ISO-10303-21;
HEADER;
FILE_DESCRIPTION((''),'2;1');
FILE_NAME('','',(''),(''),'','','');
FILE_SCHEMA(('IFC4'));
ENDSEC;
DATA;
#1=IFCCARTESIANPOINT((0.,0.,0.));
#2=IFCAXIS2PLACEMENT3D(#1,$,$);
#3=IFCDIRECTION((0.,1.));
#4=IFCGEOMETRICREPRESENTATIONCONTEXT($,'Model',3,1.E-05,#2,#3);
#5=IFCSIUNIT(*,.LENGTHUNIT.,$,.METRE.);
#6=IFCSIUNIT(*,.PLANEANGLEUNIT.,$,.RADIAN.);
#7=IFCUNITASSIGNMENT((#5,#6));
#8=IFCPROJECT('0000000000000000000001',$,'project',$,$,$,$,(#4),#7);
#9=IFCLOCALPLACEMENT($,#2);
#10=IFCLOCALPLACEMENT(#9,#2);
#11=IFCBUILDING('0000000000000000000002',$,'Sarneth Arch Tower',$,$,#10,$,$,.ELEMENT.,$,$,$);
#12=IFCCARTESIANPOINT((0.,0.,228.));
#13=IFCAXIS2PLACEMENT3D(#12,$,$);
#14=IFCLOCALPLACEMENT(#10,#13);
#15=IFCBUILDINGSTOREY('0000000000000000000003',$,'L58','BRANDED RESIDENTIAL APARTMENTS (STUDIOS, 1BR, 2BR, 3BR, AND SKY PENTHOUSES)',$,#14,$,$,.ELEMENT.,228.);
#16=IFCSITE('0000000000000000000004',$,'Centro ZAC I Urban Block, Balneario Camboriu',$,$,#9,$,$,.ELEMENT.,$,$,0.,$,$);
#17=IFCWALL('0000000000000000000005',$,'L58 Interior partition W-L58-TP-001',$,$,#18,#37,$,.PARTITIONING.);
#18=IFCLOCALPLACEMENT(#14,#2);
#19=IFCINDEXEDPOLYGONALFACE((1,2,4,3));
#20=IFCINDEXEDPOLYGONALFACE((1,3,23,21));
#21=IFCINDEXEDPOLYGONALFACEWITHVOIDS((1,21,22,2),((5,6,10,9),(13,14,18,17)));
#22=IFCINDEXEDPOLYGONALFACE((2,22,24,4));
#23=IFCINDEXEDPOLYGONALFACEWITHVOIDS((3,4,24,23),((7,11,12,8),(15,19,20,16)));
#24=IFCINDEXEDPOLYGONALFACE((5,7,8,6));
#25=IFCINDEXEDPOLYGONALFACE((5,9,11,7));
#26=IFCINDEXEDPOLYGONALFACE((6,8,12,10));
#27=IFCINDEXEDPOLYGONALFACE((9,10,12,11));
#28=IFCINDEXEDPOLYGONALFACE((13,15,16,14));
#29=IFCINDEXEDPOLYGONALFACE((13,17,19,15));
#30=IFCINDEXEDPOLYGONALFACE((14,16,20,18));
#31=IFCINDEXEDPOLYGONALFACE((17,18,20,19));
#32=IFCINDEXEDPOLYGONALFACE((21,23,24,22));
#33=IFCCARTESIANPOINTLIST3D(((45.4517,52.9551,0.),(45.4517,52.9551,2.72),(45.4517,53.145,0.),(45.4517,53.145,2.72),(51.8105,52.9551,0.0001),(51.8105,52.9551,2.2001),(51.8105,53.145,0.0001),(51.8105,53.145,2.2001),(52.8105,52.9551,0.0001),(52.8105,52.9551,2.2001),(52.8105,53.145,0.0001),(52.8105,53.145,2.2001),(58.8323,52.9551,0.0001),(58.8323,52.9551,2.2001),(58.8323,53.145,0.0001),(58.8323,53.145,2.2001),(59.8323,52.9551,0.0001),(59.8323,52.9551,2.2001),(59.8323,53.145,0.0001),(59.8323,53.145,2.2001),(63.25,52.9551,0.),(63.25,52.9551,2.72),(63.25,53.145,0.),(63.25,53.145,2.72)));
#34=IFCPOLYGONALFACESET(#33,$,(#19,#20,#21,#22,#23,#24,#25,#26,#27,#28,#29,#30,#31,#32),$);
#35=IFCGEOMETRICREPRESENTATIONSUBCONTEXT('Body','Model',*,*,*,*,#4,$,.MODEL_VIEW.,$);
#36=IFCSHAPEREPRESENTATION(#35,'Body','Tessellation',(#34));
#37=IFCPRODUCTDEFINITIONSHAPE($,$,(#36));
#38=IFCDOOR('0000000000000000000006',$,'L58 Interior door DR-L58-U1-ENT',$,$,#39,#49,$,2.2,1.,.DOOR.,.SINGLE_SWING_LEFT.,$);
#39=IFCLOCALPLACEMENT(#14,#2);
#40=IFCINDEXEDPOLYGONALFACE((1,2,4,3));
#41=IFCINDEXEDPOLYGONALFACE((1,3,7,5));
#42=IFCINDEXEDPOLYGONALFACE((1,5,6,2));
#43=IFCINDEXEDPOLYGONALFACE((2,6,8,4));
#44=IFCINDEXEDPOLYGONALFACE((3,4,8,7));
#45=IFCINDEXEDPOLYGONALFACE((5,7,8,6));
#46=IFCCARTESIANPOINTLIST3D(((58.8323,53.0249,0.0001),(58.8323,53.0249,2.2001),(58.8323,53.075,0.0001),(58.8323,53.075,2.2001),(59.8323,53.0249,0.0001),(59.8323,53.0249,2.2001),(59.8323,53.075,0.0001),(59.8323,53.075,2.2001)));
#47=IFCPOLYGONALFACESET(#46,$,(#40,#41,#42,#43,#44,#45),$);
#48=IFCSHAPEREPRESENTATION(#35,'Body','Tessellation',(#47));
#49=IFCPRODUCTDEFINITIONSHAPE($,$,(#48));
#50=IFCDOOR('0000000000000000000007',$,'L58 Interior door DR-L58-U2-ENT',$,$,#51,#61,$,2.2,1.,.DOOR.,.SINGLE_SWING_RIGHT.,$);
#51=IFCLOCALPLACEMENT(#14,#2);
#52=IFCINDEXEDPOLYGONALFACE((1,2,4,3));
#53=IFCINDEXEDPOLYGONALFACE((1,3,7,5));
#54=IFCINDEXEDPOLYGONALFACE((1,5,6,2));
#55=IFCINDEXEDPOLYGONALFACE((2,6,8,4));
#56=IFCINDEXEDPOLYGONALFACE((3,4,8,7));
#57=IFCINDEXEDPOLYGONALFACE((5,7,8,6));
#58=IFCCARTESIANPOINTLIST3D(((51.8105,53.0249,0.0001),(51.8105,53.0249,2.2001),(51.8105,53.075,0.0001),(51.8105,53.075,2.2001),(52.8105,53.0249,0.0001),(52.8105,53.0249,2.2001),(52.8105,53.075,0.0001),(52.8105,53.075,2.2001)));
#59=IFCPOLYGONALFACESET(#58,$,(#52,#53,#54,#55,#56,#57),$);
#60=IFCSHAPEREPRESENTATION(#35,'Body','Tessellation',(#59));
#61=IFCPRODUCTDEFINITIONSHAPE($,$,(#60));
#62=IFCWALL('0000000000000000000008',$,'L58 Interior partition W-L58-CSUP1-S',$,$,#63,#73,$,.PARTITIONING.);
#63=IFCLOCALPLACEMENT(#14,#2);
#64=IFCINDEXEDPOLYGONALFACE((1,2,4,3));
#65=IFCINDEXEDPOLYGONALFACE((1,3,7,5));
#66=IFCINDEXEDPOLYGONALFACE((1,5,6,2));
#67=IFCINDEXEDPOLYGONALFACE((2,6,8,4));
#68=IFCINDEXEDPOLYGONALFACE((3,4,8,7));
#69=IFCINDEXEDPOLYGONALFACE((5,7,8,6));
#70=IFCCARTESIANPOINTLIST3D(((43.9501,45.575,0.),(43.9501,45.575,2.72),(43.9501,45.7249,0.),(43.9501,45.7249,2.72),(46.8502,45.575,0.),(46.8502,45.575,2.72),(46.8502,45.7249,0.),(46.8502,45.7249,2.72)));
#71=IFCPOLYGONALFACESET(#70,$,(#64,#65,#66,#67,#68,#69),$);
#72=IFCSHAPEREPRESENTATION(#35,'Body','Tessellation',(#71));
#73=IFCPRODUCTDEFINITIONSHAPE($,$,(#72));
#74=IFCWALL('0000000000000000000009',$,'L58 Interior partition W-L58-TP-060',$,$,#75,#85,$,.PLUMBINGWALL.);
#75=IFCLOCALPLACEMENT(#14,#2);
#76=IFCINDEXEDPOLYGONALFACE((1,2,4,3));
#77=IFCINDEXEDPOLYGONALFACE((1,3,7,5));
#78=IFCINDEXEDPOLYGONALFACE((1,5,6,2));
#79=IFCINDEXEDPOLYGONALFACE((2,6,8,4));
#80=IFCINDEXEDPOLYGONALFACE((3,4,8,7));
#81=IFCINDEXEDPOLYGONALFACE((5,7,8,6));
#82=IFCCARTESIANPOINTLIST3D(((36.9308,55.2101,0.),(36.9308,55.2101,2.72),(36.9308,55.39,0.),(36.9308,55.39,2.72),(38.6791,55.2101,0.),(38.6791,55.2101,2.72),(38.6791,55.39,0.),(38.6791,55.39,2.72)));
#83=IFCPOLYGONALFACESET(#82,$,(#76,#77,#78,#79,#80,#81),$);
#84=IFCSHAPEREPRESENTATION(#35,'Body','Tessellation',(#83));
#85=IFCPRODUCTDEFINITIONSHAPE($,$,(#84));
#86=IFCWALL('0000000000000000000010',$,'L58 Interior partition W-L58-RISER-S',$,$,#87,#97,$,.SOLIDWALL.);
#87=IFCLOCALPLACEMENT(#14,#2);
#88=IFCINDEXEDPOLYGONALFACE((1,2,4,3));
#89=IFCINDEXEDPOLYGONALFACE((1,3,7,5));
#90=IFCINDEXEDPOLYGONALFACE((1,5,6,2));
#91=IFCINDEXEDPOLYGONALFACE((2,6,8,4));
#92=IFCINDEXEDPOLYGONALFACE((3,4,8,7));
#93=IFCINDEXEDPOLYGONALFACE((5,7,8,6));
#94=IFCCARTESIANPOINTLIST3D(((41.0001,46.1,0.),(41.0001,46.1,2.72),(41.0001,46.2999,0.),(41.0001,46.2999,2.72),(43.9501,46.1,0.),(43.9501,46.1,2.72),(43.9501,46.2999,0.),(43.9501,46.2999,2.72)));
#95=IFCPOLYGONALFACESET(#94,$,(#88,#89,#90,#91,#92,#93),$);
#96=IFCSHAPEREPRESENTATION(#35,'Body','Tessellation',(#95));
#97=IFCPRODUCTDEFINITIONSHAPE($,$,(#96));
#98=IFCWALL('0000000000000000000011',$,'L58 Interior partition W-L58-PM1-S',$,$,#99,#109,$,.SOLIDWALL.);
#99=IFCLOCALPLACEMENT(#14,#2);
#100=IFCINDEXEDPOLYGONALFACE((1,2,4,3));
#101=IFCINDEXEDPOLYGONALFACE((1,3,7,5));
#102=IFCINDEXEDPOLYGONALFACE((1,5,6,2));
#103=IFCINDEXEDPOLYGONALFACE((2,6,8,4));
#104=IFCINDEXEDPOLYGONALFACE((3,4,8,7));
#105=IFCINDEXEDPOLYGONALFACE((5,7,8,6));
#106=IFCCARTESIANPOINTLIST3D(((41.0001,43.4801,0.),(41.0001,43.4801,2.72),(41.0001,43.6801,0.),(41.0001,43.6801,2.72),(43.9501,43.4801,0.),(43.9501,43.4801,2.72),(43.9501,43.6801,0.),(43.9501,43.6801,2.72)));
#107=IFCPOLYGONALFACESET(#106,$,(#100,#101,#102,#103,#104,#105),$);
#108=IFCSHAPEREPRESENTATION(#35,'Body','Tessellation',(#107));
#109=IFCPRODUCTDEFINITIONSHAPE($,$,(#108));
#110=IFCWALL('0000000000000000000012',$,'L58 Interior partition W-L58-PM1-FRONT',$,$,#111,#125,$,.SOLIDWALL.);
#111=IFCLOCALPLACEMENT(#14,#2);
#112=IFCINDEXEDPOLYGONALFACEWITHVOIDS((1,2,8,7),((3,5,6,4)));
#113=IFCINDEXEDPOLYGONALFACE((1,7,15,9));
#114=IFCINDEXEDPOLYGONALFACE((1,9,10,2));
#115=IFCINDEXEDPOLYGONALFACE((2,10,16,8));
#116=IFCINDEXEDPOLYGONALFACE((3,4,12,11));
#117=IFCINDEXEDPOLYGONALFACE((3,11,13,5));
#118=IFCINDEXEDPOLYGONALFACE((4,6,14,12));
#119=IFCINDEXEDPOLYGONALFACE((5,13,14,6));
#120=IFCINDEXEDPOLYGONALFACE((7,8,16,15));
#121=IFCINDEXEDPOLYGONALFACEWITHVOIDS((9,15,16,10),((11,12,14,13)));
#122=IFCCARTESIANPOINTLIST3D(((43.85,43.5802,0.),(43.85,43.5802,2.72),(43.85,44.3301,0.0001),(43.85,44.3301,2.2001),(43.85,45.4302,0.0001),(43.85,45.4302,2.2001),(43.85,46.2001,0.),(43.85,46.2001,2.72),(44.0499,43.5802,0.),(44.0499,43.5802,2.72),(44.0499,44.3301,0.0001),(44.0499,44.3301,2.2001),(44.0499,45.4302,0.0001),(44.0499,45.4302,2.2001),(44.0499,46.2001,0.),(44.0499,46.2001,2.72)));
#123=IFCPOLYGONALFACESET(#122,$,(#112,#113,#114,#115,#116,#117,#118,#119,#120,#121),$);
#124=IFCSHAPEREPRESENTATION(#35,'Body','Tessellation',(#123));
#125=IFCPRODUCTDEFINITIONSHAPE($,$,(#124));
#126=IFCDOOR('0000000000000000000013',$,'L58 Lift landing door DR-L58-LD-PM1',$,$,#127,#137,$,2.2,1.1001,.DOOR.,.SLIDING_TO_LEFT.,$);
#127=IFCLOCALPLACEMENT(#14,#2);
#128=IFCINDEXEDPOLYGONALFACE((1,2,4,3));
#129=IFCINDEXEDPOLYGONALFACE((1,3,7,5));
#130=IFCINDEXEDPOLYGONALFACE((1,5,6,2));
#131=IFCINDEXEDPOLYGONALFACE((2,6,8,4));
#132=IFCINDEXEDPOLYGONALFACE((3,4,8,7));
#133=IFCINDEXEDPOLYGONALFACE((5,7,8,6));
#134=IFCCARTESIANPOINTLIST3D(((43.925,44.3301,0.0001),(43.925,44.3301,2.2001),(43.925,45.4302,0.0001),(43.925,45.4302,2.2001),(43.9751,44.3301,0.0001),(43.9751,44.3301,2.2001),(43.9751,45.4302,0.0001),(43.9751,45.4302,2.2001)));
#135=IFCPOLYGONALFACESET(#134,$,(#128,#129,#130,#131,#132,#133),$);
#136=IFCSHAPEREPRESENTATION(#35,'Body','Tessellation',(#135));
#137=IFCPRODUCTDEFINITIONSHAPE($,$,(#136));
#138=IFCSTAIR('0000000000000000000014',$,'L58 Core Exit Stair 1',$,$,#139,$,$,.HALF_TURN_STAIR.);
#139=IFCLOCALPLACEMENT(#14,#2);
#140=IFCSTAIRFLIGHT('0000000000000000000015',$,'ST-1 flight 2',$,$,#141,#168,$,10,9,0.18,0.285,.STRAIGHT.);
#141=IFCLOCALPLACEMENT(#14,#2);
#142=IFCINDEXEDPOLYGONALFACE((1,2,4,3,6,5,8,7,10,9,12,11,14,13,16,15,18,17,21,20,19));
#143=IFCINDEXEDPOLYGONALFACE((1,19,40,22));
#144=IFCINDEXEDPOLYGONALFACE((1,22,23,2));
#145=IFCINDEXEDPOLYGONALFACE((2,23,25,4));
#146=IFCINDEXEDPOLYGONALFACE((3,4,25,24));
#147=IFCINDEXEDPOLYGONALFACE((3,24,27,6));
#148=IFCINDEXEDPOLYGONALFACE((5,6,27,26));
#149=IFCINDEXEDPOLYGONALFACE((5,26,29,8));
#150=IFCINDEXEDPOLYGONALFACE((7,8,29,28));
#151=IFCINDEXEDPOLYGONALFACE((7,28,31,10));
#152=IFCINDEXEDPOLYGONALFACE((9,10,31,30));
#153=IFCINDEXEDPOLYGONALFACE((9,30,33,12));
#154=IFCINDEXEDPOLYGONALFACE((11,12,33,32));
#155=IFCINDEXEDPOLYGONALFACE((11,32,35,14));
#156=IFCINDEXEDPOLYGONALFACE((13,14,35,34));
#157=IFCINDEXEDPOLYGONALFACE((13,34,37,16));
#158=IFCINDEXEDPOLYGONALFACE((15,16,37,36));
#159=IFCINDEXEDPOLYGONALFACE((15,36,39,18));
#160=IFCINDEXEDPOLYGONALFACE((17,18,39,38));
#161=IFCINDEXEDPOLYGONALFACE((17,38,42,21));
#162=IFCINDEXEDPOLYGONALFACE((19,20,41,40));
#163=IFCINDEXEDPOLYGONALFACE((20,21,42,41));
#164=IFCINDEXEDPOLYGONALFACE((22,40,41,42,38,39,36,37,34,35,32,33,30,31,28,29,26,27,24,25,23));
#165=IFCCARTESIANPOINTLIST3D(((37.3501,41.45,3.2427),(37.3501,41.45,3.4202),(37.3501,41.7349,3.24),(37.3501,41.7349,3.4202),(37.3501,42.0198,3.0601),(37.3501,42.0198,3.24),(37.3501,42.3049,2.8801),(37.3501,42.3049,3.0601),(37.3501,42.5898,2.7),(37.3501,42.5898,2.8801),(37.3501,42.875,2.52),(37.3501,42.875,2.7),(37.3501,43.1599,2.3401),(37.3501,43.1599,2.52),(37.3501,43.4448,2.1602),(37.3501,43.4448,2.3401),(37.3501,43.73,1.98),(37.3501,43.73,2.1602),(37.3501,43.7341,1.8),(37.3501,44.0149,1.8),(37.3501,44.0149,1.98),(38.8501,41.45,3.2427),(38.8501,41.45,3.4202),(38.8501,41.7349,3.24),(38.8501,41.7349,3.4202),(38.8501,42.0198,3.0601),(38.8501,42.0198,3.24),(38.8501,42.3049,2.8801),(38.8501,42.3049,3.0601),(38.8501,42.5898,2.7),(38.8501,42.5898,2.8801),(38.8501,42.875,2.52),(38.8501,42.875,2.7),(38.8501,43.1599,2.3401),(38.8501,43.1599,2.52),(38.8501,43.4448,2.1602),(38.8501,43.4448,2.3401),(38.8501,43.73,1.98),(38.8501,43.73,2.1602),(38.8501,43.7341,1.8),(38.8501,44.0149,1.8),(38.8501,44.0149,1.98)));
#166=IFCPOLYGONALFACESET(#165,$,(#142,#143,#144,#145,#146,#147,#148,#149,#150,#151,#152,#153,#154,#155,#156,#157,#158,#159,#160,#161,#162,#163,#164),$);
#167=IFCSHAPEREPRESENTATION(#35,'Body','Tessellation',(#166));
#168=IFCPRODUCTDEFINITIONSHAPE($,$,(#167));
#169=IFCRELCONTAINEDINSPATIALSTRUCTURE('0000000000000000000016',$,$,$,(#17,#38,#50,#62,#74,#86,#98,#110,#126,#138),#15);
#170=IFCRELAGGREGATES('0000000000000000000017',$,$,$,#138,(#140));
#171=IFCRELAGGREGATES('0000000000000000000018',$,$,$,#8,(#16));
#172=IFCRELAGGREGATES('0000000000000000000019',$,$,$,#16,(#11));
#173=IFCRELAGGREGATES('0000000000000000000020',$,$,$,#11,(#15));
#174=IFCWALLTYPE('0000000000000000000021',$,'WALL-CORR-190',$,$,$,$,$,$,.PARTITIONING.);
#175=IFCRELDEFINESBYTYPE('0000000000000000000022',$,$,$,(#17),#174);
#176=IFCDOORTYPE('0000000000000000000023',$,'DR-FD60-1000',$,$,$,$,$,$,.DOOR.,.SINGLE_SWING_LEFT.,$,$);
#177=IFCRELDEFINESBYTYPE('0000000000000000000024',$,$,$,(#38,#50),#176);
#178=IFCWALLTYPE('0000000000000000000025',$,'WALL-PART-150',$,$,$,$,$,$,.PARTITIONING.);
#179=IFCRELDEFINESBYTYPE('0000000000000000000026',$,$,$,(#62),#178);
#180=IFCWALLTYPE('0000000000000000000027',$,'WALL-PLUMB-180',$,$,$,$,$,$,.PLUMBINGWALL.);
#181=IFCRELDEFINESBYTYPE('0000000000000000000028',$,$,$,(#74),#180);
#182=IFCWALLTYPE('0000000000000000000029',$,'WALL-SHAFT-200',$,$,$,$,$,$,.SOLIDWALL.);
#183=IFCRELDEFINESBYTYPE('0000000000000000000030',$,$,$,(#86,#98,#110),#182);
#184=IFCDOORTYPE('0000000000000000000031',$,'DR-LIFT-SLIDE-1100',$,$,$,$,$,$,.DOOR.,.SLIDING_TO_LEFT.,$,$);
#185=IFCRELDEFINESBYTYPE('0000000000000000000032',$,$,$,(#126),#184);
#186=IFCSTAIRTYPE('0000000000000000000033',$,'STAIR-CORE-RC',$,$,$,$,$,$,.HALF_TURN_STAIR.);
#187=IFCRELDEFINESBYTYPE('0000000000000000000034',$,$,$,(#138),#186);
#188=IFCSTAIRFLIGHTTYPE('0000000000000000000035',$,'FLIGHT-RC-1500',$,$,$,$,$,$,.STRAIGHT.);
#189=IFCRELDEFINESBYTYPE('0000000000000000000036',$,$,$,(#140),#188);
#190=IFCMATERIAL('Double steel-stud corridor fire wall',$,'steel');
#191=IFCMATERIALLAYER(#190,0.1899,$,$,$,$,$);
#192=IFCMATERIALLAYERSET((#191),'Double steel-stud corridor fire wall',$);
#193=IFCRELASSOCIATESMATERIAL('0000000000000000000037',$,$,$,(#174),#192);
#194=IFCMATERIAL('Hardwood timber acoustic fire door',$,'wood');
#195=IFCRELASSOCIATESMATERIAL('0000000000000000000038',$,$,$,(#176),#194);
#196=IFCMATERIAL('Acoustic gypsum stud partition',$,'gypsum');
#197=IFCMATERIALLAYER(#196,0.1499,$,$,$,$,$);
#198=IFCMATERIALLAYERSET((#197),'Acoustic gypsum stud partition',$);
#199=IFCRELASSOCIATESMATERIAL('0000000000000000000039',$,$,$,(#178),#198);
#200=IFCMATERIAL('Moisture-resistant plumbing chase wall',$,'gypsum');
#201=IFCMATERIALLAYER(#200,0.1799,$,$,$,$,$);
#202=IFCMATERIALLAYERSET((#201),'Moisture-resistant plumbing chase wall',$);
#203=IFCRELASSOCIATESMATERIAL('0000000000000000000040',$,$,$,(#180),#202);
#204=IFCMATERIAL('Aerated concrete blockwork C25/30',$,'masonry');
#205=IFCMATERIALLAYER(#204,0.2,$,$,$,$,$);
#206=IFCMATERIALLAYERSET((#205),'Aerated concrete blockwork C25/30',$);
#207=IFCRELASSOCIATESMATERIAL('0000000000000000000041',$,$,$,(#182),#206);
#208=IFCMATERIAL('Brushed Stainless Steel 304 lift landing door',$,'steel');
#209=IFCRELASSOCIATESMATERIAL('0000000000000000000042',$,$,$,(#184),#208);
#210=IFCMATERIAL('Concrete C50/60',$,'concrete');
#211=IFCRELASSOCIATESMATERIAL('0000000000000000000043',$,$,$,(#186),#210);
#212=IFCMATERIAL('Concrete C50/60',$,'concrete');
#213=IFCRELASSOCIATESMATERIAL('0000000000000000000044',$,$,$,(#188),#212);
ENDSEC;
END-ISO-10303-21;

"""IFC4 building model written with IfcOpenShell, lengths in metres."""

from ifc_helpers import new_model, si_unit, direction, frame, frame_2d, origin, place, context, subcontext, project, spatial, polyline, rectangle, outline, extrude, material, layer, layer_set, type_object, element, fill, aggregate, save


model = new_model("IFC4")

# Units and contexts
model_context = context("Model", 3, precision=1e-05, world=origin(), true_north=direction((0.0, 1.0)))
body_context = subcontext(model_context, "Body", "Model", "MODEL_VIEW")
ifc_project = project(units=[si_unit("LENGTHUNIT", "METRE"), si_unit("PLANEANGLEUNIT", "RADIAN")], contexts=[model_context])

# Site, building, storey
site_placement = place(None, origin())
site = spatial("IfcSite", under=ifc_project, at=site_placement, Name="Centro ZAC I Urban Block, Balneario Camboriu", CompositionType="ELEMENT", RefElevation=0.0)
building_placement = place(site_placement, origin())
building = spatial("IfcBuilding", under=site, at=building_placement, Name="Sarneth Arch Tower", CompositionType="ELEMENT")
storey_placement = place(building_placement, frame((0.0, 0.0, 228.0)))
storey = spatial("IfcBuildingStorey", under=building, at=storey_placement, Name="L58", Description="BRANDED RESIDENTIAL APARTMENTS (STUDIOS, 1BR, 2BR, 3BR, AND SKY PENTHOUSES)", CompositionType="ELEMENT", Elevation=228.0)

# Wall, openings, doors
ifc_material_1 = material(Name="Double steel-stud corridor fire wall", Category="steel")
ifc_layer_1 = layer(ifc_material_1, 0.1899)
ifc_layer_set_1 = layer_set([ifc_layer_1], Name="Double steel-stud corridor fire wall")
wall_type_1 = type_object("IfcWallType", Name="WALL-CORR-190", PredefinedType="PARTITIONING", material=ifc_layer_set_1)
wall_1_placement = place(storey_placement, frame((45.4517, 53.05, 0.0), z_axis=(0.0, 0.0, 1.0), x_axis=(1.0, 0.0, 0.0)))
wall_1 = element("IfcWall", 1, at=wall_1_placement, inside=storey, type_object=wall_type_1, Name="L58 Interior partition W-L58-TP-001", PredefinedType="PARTITIONING", context=body_context, shape_type="SweptSolid", body=[
    extrude(rectangle(XDim=17.7983, YDim=0.1899, at=frame_2d((8.8992, 0.0))), origin(), (0.0, 0.0, 1.0), 2.72),
])
opening_1_placement = place(wall_1_placement, frame((13.3806, 0.0, 0.0)))
opening_1 = element("IfcOpeningElement", 2, at=opening_1_placement, cuts=wall_1, PredefinedType="OPENING", context=body_context, shape_type="SweptSolid", body=[
    extrude(rectangle(XDim=1.0, YDim=2.2, at=frame_2d((0.5, 1.1001))), frame((0.0, 0.105, 0.0), z_axis=(0.0, -1.0, 0.0), x_axis=(1.0, 0.0, 0.0)), (0.0, 0.0, 1.0), 0.21),
])
opening_2_placement = place(wall_1_placement, frame((6.3589, 0.0, 0.0)))
opening_2 = element("IfcOpeningElement", 3, at=opening_2_placement, cuts=wall_1, PredefinedType="OPENING", context=body_context, shape_type="SweptSolid", body=[
    extrude(rectangle(XDim=1.0, YDim=2.2, at=frame_2d((0.5, 1.1001))), frame((0.0, 0.105, 0.0), z_axis=(0.0, -1.0, 0.0), x_axis=(1.0, 0.0, 0.0)), (0.0, 0.0, 1.0), 0.21),
])
ifc_material_2 = material(Name="Hardwood timber acoustic fire door", Category="wood")
door_type_1 = type_object("IfcDoorType", Name="DR-FD60-1000", OperationType="SINGLE_SWING_LEFT", PredefinedType="DOOR", material=ifc_material_2)
door_1_placement = place(opening_1_placement, origin())
door_1 = element("IfcDoor", 4, at=door_1_placement, inside=storey, type_object=door_type_1, Name="L58 Interior door DR-L58-U1-ENT", OperationType="SINGLE_SWING_LEFT", OverallHeight=2.2, OverallWidth=1.0, PredefinedType="DOOR", context=body_context, shape_type="SweptSolid", body=[
    extrude(rectangle(XDim=1.0, YDim=2.2, at=frame_2d((0.5, 1.1001))), frame((0.0, 0.0249, 0.0), z_axis=(0.0, -1.0, 0.0), x_axis=(1.0, 0.0, 0.0)), (0.0, 0.0, 1.0), 0.05),
])
fill(opening_1, door_1)
door_2_placement = place(opening_2_placement, origin())
door_2 = element("IfcDoor", 5, at=door_2_placement, inside=storey, type_object=door_type_1, Name="L58 Interior door DR-L58-U2-ENT", OperationType="SINGLE_SWING_RIGHT", OverallHeight=2.2, OverallWidth=1.0, PredefinedType="DOOR", context=body_context, shape_type="SweptSolid", body=[
    extrude(rectangle(XDim=1.0, YDim=2.2, at=frame_2d((0.5, 1.1001))), frame((0.0, 0.0249, 0.0), z_axis=(0.0, -1.0, 0.0), x_axis=(1.0, 0.0, 0.0)), (0.0, 0.0, 1.0), 0.05),
])
fill(opening_2, door_2)

# Wall
ifc_material_3 = material(Name="Acoustic gypsum stud partition", Category="gypsum")
ifc_layer_2 = layer(ifc_material_3, 0.1499)
ifc_layer_set_2 = layer_set([ifc_layer_2], Name="Acoustic gypsum stud partition")
wall_type_2 = type_object("IfcWallType", Name="WALL-PART-150", PredefinedType="PARTITIONING", material=ifc_layer_set_2)
wall_2_placement = place(storey_placement, frame((43.95, 45.6499, 0.0), z_axis=(0.0, 0.0, 1.0), x_axis=(1.0, 0.0, 0.0)))
element("IfcWall", 6, at=wall_2_placement, inside=storey, type_object=wall_type_2, Name="L58 Interior partition W-L58-CSUP1-S", PredefinedType="PARTITIONING", context=body_context, shape_type="SweptSolid", body=[
    extrude(rectangle(XDim=2.9001, YDim=0.1499, at=frame_2d((1.4502, 0.0))), origin(), (0.0, 0.0, 1.0), 2.72),
])

# Walls
ifc_material_4 = material(Name="Moisture-resistant plumbing chase wall", Category="gypsum")
ifc_layer_3 = layer(ifc_material_4, 0.1799)
ifc_layer_set_3 = layer_set([ifc_layer_3], Name="Moisture-resistant plumbing chase wall")
wall_type_3 = type_object("IfcWallType", Name="WALL-PLUMB-180", PredefinedType="PLUMBINGWALL", material=ifc_layer_set_3)
wall_3_placement = place(storey_placement, frame((36.9309, 55.3, 0.0), z_axis=(0.0, 0.0, 1.0), x_axis=(1.0, 0.0, 0.0)))
element("IfcWall", 7, at=wall_3_placement, inside=storey, type_object=wall_type_3, Name="L58 Interior partition W-L58-TP-060", PredefinedType="PLUMBINGWALL", context=body_context, shape_type="SweptSolid", body=[
    extrude(rectangle(XDim=1.7483, YDim=0.1799, at=frame_2d((0.874, 0.0))), origin(), (0.0, 0.0, 1.0), 2.72),
])
ifc_material_5 = material(Name="Aerated concrete blockwork C25/30", Category="masonry")
ifc_layer_4 = layer(ifc_material_5, 0.2)
ifc_layer_set_4 = layer_set([ifc_layer_4], Name="Aerated concrete blockwork C25/30")
wall_type_4 = type_object("IfcWallType", Name="WALL-SHAFT-200", PredefinedType="SOLIDWALL", material=ifc_layer_set_4)
wall_4_placement = place(storey_placement, frame((41.0, 46.2, 0.0), z_axis=(0.0, 0.0, 1.0), x_axis=(1.0, 0.0, 0.0)))
element("IfcWall", 8, at=wall_4_placement, inside=storey, type_object=wall_type_4, Name="L58 Interior partition W-L58-RISER-S", PredefinedType="SOLIDWALL", context=body_context, shape_type="SweptSolid", body=[
    extrude(rectangle(XDim=2.95, YDim=0.2, at=frame_2d((1.4751, 0.0))), origin(), (0.0, 0.0, 1.0), 2.72),
])

# Wall
wall_5_placement = place(storey_placement, frame((41.0, 43.5801, 0.0), z_axis=(0.0, 0.0, 1.0), x_axis=(1.0, 0.0, 0.0)))
element("IfcWall", 9, at=wall_5_placement, inside=storey, type_object=wall_type_4, Name="L58 Interior partition W-L58-PM1-S", PredefinedType="SOLIDWALL", context=body_context, shape_type="SweptSolid", body=[
    extrude(rectangle(XDim=2.95, YDim=0.2, at=frame_2d((1.4751, 0.0))), origin(), (0.0, 0.0, 1.0), 2.72),
])

# Wall, opening, door
wall_6_placement = place(storey_placement, frame((43.95, 43.5801, 0.0), z_axis=(0.0, 0.0, 1.0), x_axis=(0.0, 1.0, 0.0)))
wall_6 = element("IfcWall", 10, at=wall_6_placement, inside=storey, type_object=wall_type_4, Name="L58 Interior partition W-L58-PM1-FRONT", PredefinedType="SOLIDWALL", context=body_context, shape_type="SweptSolid", body=[
    extrude(rectangle(XDim=2.6199, YDim=0.2, at=frame_2d((1.3101, 0.0))), origin(), (0.0, 0.0, 1.0), 2.72),
])
opening_3_placement = place(wall_6_placement, frame((0.75, 0.0, 0.0)))
opening_3 = element("IfcOpeningElement", 11, at=opening_3_placement, cuts=wall_6, PredefinedType="OPENING", context=body_context, shape_type="SweptSolid", body=[
    extrude(rectangle(XDim=1.1001, YDim=2.2, at=frame_2d((0.55, 1.1001))), frame((0.0, 0.1099, 0.0), z_axis=(0.0, -1.0, 0.0), x_axis=(1.0, 0.0, 0.0)), (0.0, 0.0, 1.0), 0.22),
])
ifc_material_6 = material(Name="Brushed Stainless Steel 304 lift landing door", Category="steel")
door_type_2 = type_object("IfcDoorType", Name="DR-LIFT-SLIDE-1100", OperationType="SLIDING_TO_LEFT", PredefinedType="DOOR", material=ifc_material_6)
door_3_placement = place(opening_3_placement, origin())
door_3 = element("IfcDoor", 12, at=door_3_placement, inside=storey, type_object=door_type_2, Name="L58 Lift landing door DR-L58-LD-PM1", OperationType="SLIDING_TO_LEFT", OverallHeight=2.2, OverallWidth=1.1001, PredefinedType="DOOR", context=body_context, shape_type="SweptSolid", body=[
    extrude(rectangle(XDim=1.1001, YDim=2.2, at=frame_2d((0.55, 1.1001))), frame((0.0, 0.0249, 0.0), z_axis=(0.0, -1.0, 0.0), x_axis=(1.0, 0.0, 0.0)), (0.0, 0.0, 1.0), 0.05),
])
fill(opening_3, door_3)

# Stair, stair flight
ifc_material_7 = material(Name="Concrete C50/60", Category="concrete")
stair_type = type_object("IfcStairType", Name="STAIR-CORE-RC", PredefinedType="HALF_TURN_STAIR", material=ifc_material_7)
stair_placement = place(storey_placement, origin())
stair = element("IfcStair", 13, at=stair_placement, inside=storey, type_object=stair_type, Name="L58 Core Exit Stair 1", PredefinedType="HALF_TURN_STAIR")
ifc_material_8 = material(Name="Concrete C50/60", Category="concrete")
stair_flight_type = type_object("IfcStairFlightType", Name="FLIGHT-RC-1500", PredefinedType="STRAIGHT", material=ifc_material_8)
stair_flight_placement = place(storey_placement, frame((38.1001, 44.0149, 1.8), z_axis=(0.0, 0.0, 1.0), x_axis=(0.0, -1.0, 0.0)))
stair_flight = element("IfcStairFlight", 14, at=stair_flight_placement, type_object=stair_flight_type, Name="ST-1 flight 2", NumberOfRisers=10, NumberOfTreads=9, PredefinedType="STRAIGHT", RiserHeight=0.18, TreadLength=0.285, context=body_context, shape_type="SweptSolid", body=[
    extrude(outline(polyline([(0.0, 0.0), (0.0, 0.1799), (0.2849, 0.1799), (0.2849, 0.3601), (0.5701, 0.3601), (0.5701, 0.54), (0.855, 0.54), (0.855, 0.72), (1.1399, 0.72), (1.1399, 0.8999), (1.425, 0.8999), (1.425, 1.0801), (1.71, 1.0801), (1.71, 1.26), (1.9951, 1.26), (1.9951, 1.4399), (2.28, 1.4399), (2.28, 1.6201), (2.5649, 1.6201), (2.5649, 1.8), (2.5649, 1.4426), (0.2808, 0.0), (0.0, 0.0)])), frame((0.0, 0.75, 0.0), z_axis=(0.0, -1.0, 0.0), x_axis=(1.0, 0.0, 0.0)), (0.0, 0.0, 1.0), 1.5),
])
aggregate(stair, [stair_flight])

save(model, "model.ifc")
